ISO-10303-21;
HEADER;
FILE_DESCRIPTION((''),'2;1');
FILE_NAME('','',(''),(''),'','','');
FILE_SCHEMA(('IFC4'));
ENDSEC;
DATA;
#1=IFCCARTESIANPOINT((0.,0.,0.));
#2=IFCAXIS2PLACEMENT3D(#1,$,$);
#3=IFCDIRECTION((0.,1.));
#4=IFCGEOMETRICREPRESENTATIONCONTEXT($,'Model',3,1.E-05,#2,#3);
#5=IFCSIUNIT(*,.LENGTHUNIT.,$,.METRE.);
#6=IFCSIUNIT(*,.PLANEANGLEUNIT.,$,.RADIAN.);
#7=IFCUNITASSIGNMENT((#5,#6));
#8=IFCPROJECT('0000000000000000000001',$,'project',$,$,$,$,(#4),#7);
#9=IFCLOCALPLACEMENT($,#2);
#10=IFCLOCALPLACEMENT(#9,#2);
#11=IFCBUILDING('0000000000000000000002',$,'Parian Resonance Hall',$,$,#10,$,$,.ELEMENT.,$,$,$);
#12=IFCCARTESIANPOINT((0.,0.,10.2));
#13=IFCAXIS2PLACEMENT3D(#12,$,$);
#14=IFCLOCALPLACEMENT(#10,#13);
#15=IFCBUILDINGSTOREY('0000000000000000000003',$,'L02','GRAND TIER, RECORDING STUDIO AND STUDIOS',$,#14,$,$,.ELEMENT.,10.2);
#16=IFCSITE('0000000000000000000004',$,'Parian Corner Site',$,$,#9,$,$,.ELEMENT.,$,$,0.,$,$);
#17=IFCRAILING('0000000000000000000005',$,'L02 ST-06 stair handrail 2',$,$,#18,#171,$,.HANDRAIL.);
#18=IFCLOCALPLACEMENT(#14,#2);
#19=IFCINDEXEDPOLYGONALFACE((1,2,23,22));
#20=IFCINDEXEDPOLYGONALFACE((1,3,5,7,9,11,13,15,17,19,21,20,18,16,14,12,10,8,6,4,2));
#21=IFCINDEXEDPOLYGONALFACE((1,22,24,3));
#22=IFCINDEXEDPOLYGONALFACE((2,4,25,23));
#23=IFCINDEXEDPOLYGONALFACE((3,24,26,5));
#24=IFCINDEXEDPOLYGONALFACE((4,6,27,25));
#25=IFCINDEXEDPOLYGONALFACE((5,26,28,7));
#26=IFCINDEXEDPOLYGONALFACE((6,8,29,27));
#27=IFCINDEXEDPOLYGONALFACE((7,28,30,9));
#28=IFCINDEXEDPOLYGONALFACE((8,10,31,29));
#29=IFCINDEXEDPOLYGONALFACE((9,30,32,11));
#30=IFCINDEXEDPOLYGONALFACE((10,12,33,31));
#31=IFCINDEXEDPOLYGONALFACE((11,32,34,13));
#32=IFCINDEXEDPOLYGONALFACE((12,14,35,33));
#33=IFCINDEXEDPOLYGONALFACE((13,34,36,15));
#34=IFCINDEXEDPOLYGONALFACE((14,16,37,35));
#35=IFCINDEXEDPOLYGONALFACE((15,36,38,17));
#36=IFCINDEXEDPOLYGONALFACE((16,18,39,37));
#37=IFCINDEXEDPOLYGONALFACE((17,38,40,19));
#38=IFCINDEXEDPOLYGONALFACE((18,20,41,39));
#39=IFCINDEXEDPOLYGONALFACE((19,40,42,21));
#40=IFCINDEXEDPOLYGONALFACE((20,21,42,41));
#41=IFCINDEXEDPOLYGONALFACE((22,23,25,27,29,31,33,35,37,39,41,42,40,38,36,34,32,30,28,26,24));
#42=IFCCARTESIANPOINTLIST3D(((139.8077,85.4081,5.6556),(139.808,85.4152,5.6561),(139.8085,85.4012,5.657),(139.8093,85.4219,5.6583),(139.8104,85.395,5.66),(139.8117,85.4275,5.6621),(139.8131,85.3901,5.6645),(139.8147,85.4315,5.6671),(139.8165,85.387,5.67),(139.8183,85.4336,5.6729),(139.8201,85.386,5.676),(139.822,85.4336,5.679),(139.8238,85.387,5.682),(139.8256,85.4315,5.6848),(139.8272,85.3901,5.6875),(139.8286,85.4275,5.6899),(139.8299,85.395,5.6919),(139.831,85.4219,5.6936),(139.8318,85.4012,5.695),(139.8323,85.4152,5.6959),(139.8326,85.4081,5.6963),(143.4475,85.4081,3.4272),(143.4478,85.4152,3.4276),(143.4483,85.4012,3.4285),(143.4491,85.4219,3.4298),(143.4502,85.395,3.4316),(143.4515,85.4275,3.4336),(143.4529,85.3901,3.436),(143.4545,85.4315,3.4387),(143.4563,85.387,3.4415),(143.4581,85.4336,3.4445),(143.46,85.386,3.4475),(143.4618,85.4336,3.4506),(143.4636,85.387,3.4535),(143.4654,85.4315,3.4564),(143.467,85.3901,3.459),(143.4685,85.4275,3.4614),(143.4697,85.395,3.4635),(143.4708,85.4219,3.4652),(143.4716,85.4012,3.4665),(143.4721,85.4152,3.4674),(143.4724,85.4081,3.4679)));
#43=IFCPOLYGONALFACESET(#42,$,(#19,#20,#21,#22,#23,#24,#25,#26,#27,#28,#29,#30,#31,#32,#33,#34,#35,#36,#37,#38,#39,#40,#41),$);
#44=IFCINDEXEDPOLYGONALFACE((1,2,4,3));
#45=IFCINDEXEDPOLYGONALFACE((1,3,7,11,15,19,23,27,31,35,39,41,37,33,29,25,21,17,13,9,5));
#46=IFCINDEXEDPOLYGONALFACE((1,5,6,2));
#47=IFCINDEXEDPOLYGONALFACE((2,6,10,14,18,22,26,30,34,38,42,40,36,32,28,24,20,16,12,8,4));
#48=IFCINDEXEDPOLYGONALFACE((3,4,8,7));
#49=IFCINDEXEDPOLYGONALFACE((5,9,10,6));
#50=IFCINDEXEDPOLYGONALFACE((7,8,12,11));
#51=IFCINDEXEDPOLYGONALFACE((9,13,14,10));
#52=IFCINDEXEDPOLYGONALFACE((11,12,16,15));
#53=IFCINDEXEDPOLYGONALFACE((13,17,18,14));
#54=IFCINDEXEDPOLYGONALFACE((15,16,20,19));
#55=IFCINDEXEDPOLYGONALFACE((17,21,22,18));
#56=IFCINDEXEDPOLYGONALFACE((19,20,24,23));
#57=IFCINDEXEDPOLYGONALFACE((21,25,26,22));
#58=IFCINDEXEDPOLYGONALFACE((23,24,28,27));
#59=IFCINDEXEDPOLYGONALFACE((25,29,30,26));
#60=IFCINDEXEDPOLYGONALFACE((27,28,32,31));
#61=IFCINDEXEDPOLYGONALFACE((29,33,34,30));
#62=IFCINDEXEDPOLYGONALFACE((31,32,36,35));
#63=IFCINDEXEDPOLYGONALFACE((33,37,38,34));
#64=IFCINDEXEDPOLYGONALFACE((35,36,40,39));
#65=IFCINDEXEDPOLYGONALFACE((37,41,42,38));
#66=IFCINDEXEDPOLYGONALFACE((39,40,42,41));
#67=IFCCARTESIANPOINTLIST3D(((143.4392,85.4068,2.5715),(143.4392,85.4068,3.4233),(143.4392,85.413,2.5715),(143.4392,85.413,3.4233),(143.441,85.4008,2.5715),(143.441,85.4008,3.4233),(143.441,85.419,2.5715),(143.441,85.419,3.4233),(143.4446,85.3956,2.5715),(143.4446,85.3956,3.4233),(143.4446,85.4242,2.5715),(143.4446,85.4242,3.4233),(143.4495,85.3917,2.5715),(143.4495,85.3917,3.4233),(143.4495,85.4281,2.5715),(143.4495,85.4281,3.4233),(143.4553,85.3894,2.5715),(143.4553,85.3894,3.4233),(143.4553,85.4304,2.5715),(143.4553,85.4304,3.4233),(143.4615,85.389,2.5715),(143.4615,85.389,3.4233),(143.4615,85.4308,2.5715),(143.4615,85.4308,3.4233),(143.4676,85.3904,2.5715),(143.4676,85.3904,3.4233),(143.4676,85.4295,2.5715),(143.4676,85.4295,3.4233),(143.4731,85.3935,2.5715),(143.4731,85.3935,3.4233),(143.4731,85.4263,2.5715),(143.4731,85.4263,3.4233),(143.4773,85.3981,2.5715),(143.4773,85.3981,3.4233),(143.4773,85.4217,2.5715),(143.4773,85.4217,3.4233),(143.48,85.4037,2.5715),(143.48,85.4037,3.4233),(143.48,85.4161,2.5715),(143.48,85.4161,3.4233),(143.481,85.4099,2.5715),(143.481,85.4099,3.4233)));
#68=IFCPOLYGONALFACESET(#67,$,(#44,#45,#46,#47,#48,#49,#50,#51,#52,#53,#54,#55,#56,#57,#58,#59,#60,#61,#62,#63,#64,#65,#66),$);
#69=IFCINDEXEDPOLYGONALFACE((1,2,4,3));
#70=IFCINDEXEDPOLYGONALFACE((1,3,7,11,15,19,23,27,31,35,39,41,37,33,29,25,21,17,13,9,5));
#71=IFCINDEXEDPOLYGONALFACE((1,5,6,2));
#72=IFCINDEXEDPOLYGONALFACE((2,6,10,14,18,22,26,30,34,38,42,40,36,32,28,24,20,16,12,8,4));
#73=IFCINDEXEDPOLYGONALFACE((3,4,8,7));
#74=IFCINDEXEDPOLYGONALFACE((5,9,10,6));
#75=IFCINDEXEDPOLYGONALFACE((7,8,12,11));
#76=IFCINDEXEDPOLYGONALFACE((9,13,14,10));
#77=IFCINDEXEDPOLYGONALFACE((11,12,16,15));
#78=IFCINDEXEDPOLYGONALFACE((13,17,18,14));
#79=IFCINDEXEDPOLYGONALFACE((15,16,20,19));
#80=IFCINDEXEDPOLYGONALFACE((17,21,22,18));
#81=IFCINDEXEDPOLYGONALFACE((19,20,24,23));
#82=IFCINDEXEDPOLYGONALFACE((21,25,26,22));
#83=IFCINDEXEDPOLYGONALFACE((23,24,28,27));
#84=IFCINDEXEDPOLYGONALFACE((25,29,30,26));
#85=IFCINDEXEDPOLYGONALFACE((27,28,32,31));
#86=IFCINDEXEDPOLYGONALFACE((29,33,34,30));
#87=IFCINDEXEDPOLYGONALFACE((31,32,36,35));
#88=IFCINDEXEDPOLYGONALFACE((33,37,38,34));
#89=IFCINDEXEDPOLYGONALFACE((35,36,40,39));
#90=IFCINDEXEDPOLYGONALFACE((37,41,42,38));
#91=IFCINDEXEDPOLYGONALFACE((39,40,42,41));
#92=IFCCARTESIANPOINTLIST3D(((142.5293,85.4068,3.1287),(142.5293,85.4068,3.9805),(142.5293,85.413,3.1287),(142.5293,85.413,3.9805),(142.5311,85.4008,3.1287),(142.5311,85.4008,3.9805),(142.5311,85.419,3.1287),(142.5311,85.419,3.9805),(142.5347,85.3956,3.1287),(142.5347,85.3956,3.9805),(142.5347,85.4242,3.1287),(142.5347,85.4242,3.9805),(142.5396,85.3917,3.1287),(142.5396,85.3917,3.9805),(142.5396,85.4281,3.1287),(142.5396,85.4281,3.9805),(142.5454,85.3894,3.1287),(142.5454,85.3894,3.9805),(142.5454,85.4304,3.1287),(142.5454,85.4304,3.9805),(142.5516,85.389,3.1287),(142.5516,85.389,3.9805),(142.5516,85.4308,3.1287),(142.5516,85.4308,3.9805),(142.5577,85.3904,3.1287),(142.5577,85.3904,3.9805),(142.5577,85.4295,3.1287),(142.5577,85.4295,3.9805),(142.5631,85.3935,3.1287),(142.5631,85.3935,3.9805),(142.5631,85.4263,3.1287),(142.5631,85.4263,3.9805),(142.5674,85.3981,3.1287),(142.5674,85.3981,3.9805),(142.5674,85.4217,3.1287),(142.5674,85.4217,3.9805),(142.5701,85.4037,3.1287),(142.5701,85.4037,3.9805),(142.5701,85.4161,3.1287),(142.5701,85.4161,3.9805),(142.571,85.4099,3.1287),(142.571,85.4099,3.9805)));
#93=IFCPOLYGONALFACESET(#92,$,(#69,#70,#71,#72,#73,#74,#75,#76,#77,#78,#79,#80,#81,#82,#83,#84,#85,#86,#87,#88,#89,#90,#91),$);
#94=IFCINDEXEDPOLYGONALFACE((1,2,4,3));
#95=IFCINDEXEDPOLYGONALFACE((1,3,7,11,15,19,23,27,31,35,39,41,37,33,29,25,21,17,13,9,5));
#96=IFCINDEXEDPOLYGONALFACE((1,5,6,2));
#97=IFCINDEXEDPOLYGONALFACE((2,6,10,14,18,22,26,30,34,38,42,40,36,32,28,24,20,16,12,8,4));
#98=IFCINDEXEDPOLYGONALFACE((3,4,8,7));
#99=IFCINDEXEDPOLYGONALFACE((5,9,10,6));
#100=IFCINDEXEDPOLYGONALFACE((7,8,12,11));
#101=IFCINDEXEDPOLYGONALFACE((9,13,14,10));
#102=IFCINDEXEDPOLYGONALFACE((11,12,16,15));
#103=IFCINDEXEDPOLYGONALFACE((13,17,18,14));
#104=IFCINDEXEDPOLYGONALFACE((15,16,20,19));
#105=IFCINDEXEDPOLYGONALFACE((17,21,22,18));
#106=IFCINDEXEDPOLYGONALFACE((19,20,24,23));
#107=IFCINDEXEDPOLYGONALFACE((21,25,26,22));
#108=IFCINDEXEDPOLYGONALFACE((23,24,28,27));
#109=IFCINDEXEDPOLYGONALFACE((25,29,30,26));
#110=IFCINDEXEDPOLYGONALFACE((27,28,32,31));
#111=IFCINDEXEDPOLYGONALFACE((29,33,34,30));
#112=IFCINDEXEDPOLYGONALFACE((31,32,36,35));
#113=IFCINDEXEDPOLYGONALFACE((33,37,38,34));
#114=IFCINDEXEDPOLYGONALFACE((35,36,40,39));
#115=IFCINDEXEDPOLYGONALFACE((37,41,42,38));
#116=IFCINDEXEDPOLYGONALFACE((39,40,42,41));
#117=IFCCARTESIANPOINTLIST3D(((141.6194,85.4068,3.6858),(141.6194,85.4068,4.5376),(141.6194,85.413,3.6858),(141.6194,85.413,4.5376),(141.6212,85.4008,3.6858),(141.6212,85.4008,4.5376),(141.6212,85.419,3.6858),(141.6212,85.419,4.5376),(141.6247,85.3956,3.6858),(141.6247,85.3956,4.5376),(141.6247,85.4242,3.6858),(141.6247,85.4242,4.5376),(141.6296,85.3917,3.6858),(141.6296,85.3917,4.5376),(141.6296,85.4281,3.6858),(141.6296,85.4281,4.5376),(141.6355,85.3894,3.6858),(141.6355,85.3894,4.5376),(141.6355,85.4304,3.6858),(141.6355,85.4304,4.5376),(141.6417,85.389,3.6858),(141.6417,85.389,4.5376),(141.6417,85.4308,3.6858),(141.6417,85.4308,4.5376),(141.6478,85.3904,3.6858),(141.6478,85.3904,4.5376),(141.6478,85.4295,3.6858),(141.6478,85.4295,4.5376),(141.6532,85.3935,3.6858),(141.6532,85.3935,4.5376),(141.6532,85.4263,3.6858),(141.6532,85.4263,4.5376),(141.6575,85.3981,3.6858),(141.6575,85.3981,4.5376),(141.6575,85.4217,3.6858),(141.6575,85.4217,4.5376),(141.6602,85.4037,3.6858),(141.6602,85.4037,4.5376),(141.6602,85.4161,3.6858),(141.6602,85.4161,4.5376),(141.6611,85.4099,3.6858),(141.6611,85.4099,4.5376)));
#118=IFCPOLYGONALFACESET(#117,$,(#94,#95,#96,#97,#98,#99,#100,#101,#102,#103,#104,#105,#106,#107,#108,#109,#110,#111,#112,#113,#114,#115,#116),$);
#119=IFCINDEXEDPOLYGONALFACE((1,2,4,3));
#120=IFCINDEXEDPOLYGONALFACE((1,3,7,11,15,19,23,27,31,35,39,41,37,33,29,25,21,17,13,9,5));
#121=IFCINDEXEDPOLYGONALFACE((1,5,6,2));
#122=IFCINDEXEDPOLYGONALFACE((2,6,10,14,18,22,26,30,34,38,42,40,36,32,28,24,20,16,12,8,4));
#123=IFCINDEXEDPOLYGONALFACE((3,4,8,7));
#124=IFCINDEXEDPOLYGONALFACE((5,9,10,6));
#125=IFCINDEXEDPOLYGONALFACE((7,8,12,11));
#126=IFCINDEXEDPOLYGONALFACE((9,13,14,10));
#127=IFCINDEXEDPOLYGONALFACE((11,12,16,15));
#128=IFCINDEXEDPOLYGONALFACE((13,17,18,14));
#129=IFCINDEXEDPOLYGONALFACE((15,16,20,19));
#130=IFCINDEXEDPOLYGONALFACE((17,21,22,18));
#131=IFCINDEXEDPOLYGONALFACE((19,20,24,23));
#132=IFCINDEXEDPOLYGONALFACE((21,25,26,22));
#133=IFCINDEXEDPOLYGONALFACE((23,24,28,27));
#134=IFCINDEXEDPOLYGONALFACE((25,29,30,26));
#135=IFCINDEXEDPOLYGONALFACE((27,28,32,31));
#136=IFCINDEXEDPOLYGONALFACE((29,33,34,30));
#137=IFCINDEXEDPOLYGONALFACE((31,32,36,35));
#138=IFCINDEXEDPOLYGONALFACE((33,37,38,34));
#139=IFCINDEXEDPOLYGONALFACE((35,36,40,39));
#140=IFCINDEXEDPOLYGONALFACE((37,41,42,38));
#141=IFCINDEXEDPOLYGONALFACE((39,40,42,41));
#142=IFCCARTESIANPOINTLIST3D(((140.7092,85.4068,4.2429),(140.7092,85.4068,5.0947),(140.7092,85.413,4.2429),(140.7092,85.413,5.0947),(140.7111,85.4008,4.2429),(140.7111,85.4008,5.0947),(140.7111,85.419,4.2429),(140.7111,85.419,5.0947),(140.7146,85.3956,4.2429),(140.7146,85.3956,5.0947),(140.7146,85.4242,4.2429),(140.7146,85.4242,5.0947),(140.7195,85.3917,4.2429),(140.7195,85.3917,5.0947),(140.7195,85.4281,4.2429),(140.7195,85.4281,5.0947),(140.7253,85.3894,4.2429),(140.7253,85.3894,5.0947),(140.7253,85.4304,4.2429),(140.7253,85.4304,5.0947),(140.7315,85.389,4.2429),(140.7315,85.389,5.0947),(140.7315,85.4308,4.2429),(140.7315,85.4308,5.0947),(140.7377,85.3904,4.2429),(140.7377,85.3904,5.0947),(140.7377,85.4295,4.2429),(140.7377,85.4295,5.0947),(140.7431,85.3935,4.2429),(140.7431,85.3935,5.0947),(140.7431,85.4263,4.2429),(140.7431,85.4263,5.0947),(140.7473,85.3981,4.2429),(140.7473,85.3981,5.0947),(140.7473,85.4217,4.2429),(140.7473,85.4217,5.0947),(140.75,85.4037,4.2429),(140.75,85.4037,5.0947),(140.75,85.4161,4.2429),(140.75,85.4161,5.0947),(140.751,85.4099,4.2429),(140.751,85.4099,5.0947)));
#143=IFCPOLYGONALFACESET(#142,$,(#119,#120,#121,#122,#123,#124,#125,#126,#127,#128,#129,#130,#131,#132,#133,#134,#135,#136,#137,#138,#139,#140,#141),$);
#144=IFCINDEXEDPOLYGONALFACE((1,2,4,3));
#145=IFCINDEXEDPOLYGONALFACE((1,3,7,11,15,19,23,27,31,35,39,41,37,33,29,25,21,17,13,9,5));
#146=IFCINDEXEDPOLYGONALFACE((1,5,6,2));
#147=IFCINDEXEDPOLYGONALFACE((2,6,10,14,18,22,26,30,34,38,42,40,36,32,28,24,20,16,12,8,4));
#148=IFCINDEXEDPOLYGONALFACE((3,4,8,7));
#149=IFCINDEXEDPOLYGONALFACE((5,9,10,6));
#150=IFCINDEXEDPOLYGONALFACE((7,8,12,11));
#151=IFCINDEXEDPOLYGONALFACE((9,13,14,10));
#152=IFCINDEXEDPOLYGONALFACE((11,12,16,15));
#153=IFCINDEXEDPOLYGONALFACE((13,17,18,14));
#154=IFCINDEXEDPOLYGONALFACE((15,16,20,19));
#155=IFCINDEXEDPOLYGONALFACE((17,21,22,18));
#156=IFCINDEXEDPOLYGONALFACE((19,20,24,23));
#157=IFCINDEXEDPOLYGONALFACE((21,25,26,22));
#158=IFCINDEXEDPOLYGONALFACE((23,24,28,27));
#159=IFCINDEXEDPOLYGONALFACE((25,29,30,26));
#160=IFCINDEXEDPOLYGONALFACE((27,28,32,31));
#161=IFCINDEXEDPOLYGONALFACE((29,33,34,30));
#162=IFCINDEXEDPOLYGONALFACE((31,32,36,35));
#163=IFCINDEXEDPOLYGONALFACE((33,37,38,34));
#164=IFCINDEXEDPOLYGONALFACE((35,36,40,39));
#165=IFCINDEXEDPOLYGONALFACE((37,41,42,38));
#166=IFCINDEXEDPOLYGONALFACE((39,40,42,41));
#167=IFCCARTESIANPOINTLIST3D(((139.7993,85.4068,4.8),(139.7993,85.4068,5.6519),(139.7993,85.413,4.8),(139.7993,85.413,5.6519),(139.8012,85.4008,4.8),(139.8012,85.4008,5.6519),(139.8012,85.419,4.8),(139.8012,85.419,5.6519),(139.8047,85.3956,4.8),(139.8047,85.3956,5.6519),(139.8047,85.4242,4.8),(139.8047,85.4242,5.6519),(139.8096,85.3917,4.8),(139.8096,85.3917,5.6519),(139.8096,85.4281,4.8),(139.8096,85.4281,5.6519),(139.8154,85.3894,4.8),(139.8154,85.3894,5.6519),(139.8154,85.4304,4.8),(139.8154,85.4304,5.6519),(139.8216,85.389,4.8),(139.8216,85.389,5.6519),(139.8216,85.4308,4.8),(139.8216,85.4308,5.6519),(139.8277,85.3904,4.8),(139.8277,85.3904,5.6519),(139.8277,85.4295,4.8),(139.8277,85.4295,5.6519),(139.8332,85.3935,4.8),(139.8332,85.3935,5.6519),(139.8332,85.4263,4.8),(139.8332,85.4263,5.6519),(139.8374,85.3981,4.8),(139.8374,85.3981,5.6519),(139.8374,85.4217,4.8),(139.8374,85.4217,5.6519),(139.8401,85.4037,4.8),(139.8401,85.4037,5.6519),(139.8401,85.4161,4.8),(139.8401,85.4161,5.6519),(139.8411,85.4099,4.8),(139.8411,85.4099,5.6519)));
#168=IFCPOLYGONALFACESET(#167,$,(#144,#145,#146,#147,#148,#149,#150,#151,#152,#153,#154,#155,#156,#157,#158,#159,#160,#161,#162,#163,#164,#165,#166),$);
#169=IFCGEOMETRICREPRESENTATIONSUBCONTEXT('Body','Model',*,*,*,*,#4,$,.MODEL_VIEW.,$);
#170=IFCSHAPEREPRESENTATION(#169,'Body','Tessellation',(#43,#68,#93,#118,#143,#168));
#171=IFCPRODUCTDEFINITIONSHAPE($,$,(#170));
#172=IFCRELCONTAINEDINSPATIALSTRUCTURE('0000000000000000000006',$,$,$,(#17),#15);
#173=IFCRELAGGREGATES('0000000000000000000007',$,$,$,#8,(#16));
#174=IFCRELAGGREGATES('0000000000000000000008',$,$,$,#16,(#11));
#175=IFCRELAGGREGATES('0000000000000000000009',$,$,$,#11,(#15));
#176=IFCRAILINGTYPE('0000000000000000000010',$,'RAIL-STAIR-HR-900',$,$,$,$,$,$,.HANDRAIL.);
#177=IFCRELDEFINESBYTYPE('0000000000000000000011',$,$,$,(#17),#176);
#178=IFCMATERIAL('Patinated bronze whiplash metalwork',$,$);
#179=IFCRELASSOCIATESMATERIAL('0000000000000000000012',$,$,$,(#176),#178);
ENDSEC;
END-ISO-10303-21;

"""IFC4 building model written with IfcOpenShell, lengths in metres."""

from ifc_helpers import new_model, si_unit, direction, frame, origin, origin_2d, place, context, subcontext, project, spatial, circle, extrude, material, type_object, element, save


model = new_model("IFC4")

# Units and contexts
model_context = context("Model", 3, precision=1e-05, world=origin(), true_north=direction((0.0, 1.0)))
body_context = subcontext(model_context, "Body", "Model", "MODEL_VIEW")
ifc_project = project(units=[si_unit("LENGTHUNIT", "METRE"), si_unit("PLANEANGLEUNIT", "RADIAN")], contexts=[model_context])

# Site, building, storey
site_placement = place(None, origin())
site = spatial("IfcSite", under=ifc_project, at=site_placement, Name="Parian Corner Site", CompositionType="ELEMENT", RefElevation=0.0)
building_placement = place(site_placement, origin())
building = spatial("IfcBuilding", under=site, at=building_placement, Name="Parian Resonance Hall", CompositionType="ELEMENT")
storey_placement = place(building_placement, frame((0.0, 0.0, 10.2)))
storey = spatial("IfcBuildingStorey", under=building, at=storey_placement, Name="L02", Description="GRAND TIER, RECORDING STUDIO AND STUDIOS", CompositionType="ELEMENT", Elevation=10.2)

# Railing
ifc_material_1 = material(Name="Patinated bronze whiplash metalwork")
railing_type_1 = type_object("IfcRailingType", Name="RAIL-STAIR-HR-900", PredefinedType="HANDRAIL", material=ifc_material_1)
railing_1_placement = place(storey_placement, frame((143.46, 85.4099, 2.5715)))
element("IfcRailing", 1, at=railing_1_placement, inside=storey, type_object=railing_type_1, Name="L02 ST-06 stair handrail 2", PredefinedType="HANDRAIL", context=body_context, shape_type="SweptSolid", body=[
    extrude(circle(Radius=0.0239, at=origin_2d()), frame((0.0, 0.0, 0.876), z_axis=(-0.85285, 0.0, 0.522156), x_axis=(0.0, -1.0, 0.0)), (0.0, 0.0, 1.0), 4.2678),
    extrude(circle(Radius=0.021, at=origin_2d()), origin(), (0.0, 0.0, 1.0), 0.8518),
    extrude(circle(Radius=0.021, at=origin_2d()), frame((-0.9099, 0.0, 0.5571)), (0.0, 0.0, 1.0), 0.8518),
    extrude(circle(Radius=0.021, at=origin_2d()), frame((-1.8198, 0.0, 1.1143)), (0.0, 0.0, 1.0), 0.8518),
    extrude(circle(Radius=0.021, at=origin_2d()), frame((-2.73, 0.0, 1.6714)), (0.0, 0.0, 1.0), 0.8518),
    extrude(circle(Radius=0.021, at=origin_2d()), frame((-3.6399, 0.0, 2.2285)), (0.0, 0.0, 1.0), 0.8518),
])

save(model, "model.ifc")
